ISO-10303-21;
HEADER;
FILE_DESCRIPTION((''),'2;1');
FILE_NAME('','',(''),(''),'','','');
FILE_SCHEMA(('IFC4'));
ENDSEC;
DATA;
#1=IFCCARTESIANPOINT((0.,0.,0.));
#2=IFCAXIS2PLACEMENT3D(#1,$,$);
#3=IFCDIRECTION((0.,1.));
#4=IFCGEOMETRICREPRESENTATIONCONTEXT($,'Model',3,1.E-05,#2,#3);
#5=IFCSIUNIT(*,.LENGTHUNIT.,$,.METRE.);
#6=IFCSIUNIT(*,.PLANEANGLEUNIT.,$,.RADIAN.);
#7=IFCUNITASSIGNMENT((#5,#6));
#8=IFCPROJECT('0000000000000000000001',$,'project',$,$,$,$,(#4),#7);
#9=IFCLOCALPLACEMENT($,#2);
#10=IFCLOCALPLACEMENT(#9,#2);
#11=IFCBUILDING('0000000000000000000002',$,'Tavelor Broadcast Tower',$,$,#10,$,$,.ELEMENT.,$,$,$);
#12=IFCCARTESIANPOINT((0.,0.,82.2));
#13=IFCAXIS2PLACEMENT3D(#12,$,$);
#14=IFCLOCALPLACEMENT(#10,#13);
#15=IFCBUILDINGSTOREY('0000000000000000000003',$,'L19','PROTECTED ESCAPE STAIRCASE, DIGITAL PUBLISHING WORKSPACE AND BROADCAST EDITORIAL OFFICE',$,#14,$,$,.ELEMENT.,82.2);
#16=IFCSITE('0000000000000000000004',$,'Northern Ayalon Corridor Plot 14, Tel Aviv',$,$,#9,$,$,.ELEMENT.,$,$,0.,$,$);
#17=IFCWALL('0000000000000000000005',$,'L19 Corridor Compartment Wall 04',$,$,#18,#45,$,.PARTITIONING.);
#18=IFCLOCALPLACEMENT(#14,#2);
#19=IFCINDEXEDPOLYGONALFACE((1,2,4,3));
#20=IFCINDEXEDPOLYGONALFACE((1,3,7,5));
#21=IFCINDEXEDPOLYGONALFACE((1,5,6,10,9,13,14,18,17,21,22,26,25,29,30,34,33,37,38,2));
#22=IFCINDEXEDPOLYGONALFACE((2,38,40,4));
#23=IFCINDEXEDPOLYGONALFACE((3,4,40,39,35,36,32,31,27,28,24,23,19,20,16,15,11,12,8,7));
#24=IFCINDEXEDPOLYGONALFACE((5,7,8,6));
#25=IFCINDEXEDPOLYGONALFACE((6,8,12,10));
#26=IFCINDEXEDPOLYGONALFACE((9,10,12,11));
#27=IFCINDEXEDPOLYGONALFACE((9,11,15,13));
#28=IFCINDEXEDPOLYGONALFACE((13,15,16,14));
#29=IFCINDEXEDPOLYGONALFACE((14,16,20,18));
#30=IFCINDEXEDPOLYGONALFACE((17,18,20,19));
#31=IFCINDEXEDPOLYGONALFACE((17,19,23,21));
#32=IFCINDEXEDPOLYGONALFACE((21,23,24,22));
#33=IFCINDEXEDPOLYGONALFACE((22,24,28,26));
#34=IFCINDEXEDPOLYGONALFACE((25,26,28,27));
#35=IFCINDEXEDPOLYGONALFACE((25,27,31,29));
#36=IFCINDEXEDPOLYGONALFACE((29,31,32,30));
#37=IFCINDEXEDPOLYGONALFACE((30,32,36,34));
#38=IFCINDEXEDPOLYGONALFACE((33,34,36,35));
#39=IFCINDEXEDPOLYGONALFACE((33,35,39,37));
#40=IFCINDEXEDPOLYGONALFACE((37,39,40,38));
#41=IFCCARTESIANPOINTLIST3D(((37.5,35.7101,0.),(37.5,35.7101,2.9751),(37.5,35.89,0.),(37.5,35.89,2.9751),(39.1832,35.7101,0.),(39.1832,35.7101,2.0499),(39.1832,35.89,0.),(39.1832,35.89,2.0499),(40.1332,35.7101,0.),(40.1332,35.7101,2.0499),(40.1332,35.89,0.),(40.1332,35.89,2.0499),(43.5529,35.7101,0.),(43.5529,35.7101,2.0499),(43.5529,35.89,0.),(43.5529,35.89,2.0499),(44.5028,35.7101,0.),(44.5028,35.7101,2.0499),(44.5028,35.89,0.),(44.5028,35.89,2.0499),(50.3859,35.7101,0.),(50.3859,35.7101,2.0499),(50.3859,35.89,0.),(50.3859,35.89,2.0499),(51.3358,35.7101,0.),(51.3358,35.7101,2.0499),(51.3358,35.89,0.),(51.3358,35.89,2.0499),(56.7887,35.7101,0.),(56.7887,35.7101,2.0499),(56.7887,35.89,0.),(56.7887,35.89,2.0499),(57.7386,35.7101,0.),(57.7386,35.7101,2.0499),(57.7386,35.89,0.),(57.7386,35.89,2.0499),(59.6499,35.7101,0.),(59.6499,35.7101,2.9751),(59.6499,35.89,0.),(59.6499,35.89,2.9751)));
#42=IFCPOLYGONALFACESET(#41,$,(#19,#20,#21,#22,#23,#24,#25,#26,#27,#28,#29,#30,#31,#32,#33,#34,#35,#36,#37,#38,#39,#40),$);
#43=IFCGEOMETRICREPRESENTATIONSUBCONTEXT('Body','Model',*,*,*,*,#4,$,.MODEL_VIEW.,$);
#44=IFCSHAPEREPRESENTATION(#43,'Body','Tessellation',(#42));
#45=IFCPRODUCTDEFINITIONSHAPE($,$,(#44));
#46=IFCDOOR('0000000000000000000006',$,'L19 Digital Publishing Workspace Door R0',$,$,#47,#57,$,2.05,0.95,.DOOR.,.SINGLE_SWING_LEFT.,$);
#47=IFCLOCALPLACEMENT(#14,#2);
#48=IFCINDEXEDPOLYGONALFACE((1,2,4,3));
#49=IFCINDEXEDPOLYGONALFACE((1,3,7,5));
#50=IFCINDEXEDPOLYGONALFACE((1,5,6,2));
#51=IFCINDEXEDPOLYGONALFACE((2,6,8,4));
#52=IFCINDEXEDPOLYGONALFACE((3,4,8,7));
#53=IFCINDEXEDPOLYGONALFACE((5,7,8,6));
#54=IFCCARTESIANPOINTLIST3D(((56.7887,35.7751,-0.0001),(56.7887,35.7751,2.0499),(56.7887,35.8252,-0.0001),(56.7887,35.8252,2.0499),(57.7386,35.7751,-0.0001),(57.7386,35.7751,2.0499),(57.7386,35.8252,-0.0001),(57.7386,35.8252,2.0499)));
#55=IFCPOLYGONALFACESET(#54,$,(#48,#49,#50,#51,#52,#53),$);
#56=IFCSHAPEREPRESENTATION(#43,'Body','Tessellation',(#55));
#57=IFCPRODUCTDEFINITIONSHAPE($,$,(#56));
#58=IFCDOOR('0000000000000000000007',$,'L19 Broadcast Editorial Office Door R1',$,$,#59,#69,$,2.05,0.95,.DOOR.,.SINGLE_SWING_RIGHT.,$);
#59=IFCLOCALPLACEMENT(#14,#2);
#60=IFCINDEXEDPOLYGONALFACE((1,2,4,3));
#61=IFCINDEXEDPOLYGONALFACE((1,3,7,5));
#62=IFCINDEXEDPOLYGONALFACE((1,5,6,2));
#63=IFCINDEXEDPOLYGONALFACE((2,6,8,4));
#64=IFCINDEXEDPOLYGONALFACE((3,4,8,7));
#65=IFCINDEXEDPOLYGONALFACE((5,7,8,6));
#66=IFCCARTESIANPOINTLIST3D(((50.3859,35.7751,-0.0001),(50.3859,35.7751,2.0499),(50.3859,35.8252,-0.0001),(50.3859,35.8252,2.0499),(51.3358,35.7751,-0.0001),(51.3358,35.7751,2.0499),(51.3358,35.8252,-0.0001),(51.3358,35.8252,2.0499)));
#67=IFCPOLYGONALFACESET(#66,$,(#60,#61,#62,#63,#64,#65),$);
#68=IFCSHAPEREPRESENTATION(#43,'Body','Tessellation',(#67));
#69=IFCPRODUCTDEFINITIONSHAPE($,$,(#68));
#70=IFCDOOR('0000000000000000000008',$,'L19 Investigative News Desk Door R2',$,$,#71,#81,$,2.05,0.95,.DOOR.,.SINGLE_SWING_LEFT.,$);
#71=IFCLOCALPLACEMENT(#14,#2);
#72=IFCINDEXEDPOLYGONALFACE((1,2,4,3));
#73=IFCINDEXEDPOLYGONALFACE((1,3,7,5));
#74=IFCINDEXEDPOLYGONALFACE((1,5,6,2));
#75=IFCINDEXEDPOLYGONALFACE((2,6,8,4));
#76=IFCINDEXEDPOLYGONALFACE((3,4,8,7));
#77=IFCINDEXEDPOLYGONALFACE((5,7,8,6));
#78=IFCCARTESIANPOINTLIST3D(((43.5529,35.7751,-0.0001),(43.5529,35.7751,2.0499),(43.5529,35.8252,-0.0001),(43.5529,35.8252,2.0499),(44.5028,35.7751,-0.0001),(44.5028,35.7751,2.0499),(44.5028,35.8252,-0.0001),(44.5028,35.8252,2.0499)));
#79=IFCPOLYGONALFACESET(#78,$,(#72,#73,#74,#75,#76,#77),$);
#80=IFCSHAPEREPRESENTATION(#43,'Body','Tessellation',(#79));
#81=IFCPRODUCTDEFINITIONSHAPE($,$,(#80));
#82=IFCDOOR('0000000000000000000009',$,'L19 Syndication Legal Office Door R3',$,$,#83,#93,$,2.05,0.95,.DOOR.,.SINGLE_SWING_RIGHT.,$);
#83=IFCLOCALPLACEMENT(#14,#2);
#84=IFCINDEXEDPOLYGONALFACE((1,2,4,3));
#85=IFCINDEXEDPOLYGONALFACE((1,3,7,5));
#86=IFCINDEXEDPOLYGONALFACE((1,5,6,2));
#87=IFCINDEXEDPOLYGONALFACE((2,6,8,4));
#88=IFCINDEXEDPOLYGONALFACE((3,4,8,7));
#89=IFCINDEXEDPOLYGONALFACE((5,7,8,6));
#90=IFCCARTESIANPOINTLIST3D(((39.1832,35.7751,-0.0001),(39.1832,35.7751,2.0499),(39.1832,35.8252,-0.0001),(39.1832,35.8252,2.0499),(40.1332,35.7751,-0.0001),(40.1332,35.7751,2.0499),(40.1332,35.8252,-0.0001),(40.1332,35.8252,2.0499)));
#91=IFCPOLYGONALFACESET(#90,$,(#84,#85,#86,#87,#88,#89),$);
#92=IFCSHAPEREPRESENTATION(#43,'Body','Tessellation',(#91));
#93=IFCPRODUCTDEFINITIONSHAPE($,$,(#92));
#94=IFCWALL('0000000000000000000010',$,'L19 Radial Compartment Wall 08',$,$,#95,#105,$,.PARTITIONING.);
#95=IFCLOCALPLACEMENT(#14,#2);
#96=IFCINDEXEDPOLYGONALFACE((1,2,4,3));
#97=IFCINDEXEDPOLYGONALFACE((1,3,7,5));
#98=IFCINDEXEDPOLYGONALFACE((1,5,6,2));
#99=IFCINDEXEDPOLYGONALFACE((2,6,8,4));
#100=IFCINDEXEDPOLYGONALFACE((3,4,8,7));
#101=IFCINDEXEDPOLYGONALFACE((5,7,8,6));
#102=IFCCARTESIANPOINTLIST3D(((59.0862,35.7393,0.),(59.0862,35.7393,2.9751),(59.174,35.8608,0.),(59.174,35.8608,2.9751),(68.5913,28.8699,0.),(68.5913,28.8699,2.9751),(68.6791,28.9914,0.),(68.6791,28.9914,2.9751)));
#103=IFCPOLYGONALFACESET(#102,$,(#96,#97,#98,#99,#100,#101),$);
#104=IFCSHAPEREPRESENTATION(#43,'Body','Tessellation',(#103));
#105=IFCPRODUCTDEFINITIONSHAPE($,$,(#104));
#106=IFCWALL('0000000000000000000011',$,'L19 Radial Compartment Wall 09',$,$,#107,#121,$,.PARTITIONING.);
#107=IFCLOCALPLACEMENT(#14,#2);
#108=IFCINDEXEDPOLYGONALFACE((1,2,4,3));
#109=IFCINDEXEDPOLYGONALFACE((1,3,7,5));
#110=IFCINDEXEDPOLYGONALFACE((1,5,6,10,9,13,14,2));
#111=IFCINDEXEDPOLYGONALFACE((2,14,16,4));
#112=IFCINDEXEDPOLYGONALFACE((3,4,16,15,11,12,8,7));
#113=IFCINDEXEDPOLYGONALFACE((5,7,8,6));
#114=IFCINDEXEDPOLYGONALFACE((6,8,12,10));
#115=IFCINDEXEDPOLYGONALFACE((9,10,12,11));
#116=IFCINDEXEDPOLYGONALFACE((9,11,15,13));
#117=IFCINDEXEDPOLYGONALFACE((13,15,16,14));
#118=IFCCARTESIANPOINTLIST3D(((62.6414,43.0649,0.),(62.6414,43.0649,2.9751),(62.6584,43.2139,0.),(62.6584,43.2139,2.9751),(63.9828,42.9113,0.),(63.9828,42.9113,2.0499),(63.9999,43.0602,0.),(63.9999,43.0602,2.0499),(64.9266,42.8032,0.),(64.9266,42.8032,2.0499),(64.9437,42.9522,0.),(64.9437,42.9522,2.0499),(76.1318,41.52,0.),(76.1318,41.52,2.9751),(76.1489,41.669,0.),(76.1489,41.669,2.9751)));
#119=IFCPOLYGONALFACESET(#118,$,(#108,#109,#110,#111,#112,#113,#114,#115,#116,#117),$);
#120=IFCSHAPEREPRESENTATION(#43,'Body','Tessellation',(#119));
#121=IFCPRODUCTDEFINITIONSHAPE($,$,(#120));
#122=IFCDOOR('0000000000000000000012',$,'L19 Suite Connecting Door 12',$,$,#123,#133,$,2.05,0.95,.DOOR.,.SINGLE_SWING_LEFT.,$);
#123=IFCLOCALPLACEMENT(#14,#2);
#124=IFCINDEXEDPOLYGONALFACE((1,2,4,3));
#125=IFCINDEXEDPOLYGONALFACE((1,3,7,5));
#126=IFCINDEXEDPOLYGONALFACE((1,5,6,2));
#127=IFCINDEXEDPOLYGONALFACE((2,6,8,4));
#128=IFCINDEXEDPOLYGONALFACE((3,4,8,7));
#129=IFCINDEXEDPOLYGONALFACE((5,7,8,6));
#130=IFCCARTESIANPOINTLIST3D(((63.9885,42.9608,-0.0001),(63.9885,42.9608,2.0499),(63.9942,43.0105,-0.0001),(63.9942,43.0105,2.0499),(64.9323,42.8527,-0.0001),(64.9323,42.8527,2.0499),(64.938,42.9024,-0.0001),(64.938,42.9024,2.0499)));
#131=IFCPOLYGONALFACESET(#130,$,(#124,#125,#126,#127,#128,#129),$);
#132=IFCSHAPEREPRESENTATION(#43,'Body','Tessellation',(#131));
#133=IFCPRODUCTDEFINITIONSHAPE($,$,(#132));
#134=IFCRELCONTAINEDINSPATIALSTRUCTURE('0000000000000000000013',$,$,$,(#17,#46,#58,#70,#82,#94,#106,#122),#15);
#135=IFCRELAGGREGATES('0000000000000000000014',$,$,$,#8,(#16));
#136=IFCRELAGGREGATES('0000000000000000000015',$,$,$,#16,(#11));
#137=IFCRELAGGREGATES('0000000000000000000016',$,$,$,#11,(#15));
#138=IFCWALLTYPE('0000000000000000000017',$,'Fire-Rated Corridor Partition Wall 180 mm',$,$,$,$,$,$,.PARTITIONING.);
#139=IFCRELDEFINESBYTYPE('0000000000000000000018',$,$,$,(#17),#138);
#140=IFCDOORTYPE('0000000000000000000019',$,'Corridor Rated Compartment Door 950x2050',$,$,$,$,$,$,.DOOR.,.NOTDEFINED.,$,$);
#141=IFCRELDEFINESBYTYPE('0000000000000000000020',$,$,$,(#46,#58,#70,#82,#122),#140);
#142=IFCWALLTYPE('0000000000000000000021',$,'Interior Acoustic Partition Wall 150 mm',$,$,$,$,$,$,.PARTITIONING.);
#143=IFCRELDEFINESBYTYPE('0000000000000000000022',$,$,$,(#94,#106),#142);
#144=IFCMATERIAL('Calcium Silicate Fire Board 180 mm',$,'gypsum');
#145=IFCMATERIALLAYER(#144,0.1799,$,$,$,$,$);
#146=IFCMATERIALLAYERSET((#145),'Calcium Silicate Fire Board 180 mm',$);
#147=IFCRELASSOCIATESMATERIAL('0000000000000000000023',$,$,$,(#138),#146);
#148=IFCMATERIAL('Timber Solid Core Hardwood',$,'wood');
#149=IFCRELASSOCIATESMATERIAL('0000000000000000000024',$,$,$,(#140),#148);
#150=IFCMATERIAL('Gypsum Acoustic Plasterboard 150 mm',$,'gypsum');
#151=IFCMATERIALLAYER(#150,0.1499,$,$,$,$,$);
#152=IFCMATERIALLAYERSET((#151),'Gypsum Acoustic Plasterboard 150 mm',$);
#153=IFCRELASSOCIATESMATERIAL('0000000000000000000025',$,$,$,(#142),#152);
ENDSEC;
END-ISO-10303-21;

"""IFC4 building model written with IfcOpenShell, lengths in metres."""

from ifc_helpers import new_model, si_unit, direction, frame, frame_2d, origin, place, context, subcontext, project, spatial, rectangle, extrude, material, layer, layer_set, type_object, element, fill, save


model = new_model("IFC4")

# Units and contexts
model_context = context("Model", 3, precision=1e-05, world=origin(), true_north=direction((0.0, 1.0)))
body_context = subcontext(model_context, "Body", "Model", "MODEL_VIEW")
ifc_project = project(units=[si_unit("LENGTHUNIT", "METRE"), si_unit("PLANEANGLEUNIT", "RADIAN")], contexts=[model_context])

# Site, building, storey
site_placement = place(None, origin())
site = spatial("IfcSite", under=ifc_project, at=site_placement, Name="Northern Ayalon Corridor Plot 14, Tel Aviv", CompositionType="ELEMENT", RefElevation=0.0)
building_placement = place(site_placement, origin())
building = spatial("IfcBuilding", under=site, at=building_placement, Name="Tavelor Broadcast Tower", CompositionType="ELEMENT")
storey_placement = place(building_placement, frame((0.0, 0.0, 82.2)))
storey = spatial("IfcBuildingStorey", under=building, at=storey_placement, Name="L19", Description="PROTECTED ESCAPE STAIRCASE, DIGITAL PUBLISHING WORKSPACE AND BROADCAST EDITORIAL OFFICE", CompositionType="ELEMENT", Elevation=82.2)

# Shared definitions
ifc_material_1 = material(Name="Calcium Silicate Fire Board 180 mm", Category="gypsum")
ifc_layer_1 = layer(ifc_material_1, 0.1799)
ifc_layer_set_1 = layer_set([ifc_layer_1], Name="Calcium Silicate Fire Board 180 mm")
wall_type_1 = type_object("IfcWallType", Name="Fire-Rated Corridor Partition Wall 180 mm", PredefinedType="PARTITIONING", material=ifc_layer_set_1)
ifc_material_2 = material(Name="Timber Solid Core Hardwood", Category="wood")
door_type_1 = type_object("IfcDoorType", Name="Corridor Rated Compartment Door 950x2050", OperationType="NOTDEFINED", PredefinedType="DOOR", material=ifc_material_2)

# Wall, openings, doors
wall_1_placement = place(storey_placement, frame((59.6499, 35.8, 0.0), z_axis=(0.0, 0.0, 1.0), x_axis=(-1.0, 0.0, 0.0)))
wall_1 = element("IfcWall", 1, at=wall_1_placement, inside=storey, type_object=wall_type_1, Name="L19 Corridor Compartment Wall 04", PredefinedType="PARTITIONING", context=body_context, shape_type="SweptSolid", body=[
    extrude(rectangle(XDim=22.1499, YDim=0.1799, at=frame_2d((11.075, 0.0))), origin(), (0.0, 0.0, 1.0), 2.9751),
])
opening_1_placement = place(wall_1_placement, frame((1.9111, 0.0, 0.0)))
opening_1 = element("IfcOpeningElement", 2, at=opening_1_placement, cuts=wall_1, PredefinedType="OPENING", context=body_context, shape_type="SweptSolid", body=[
    extrude(rectangle(XDim=0.95, YDim=2.05, at=frame_2d((0.4751, 1.0249))), frame((0.0, 0.1001, 0.0), z_axis=(0.0, -1.0, 0.0), x_axis=(1.0, 0.0, 0.0)), (0.0, 0.0, 1.0), 0.2),
])
opening_2_placement = place(wall_1_placement, frame((8.314, 0.0, 0.0)))
opening_2 = element("IfcOpeningElement", 3, at=opening_2_placement, cuts=wall_1, PredefinedType="OPENING", context=body_context, shape_type="SweptSolid", body=[
    extrude(rectangle(XDim=0.95, YDim=2.05, at=frame_2d((0.4751, 1.0249))), frame((0.0, 0.1001, 0.0), z_axis=(0.0, -1.0, 0.0), x_axis=(1.0, 0.0, 0.0)), (0.0, 0.0, 1.0), 0.2),
])
opening_3_placement = place(wall_1_placement, frame((15.147, 0.0, 0.0)))
opening_3 = element("IfcOpeningElement", 4, at=opening_3_placement, cuts=wall_1, PredefinedType="OPENING", context=body_context, shape_type="SweptSolid", body=[
    extrude(rectangle(XDim=0.95, YDim=2.05, at=frame_2d((0.4751, 1.0249))), frame((0.0, 0.1001, 0.0), z_axis=(0.0, -1.0, 0.0), x_axis=(1.0, 0.0, 0.0)), (0.0, 0.0, 1.0), 0.2),
])
opening_4_placement = place(wall_1_placement, frame((19.5166, 0.0, 0.0)))
opening_4 = element("IfcOpeningElement", 5, at=opening_4_placement, cuts=wall_1, PredefinedType="OPENING", context=body_context, shape_type="SweptSolid", body=[
    extrude(rectangle(XDim=0.95, YDim=2.05, at=frame_2d((0.4751, 1.0249))), frame((0.0, 0.1001, 0.0), z_axis=(0.0, -1.0, 0.0), x_axis=(1.0, 0.0, 0.0)), (0.0, 0.0, 1.0), 0.2),
])
door_1_placement = place(opening_1_placement, origin())
door_1 = element("IfcDoor", 6, at=door_1_placement, inside=storey, type_object=door_type_1, Name="L19 Digital Publishing Workspace Door R0", OperationType="SINGLE_SWING_LEFT", OverallHeight=2.05, OverallWidth=0.95, PredefinedType="DOOR", context=body_context, shape_type="SweptSolid", body=[
    extrude(rectangle(XDim=0.95, YDim=2.05, at=frame_2d((0.4751, 1.0249))), frame((0.0, 0.0249, 0.0), z_axis=(0.0, -1.0, 0.0), x_axis=(1.0, 0.0, 0.0)), (0.0, 0.0, 1.0), 0.05),
])
fill(opening_1, door_1)
door_2_placement = place(opening_2_placement, origin())
door_2 = element("IfcDoor", 7, at=door_2_placement, inside=storey, type_object=door_type_1, Name="L19 Broadcast Editorial Office Door R1", OperationType="SINGLE_SWING_RIGHT", OverallHeight=2.05, OverallWidth=0.95, PredefinedType="DOOR", context=body_context, shape_type="SweptSolid", body=[
    extrude(rectangle(XDim=0.95, YDim=2.05, at=frame_2d((0.4751, 1.0249))), frame((0.0, 0.0249, 0.0), z_axis=(0.0, -1.0, 0.0), x_axis=(1.0, 0.0, 0.0)), (0.0, 0.0, 1.0), 0.05),
])
fill(opening_2, door_2)
door_3_placement = place(opening_3_placement, origin())
door_3 = element("IfcDoor", 8, at=door_3_placement, inside=storey, type_object=door_type_1, Name="L19 Investigative News Desk Door R2", OperationType="SINGLE_SWING_LEFT", OverallHeight=2.05, OverallWidth=0.95, PredefinedType="DOOR", context=body_context, shape_type="SweptSolid", body=[
    extrude(rectangle(XDim=0.95, YDim=2.05, at=frame_2d((0.4751, 1.0249))), frame((0.0, 0.0249, 0.0), z_axis=(0.0, -1.0, 0.0), x_axis=(1.0, 0.0, 0.0)), (0.0, 0.0, 1.0), 0.05),
])
fill(opening_3, door_3)
door_4_placement = place(opening_4_placement, origin())
door_4 = element("IfcDoor", 9, at=door_4_placement, inside=storey, type_object=door_type_1, Name="L19 Syndication Legal Office Door R3", OperationType="SINGLE_SWING_RIGHT", OverallHeight=2.05, OverallWidth=0.95, PredefinedType="DOOR", context=body_context, shape_type="SweptSolid", body=[
    extrude(rectangle(XDim=0.95, YDim=2.05, at=frame_2d((0.4751, 1.0249))), frame((0.0, 0.0249, 0.0), z_axis=(0.0, -1.0, 0.0), x_axis=(1.0, 0.0, 0.0)), (0.0, 0.0, 1.0), 0.05),
])
fill(opening_4, door_4)

# Wall
ifc_material_3 = material(Name="Gypsum Acoustic Plasterboard 150 mm", Category="gypsum")
ifc_layer_2 = layer(ifc_material_3, 0.1499)
ifc_layer_set_2 = layer_set([ifc_layer_2], Name="Gypsum Acoustic Plasterboard 150 mm")
wall_type_2 = type_object("IfcWallType", Name="Interior Acoustic Partition Wall 150 mm", PredefinedType="PARTITIONING", material=ifc_layer_set_2)
wall_2_placement = place(storey_placement, frame((59.1301, 35.8, 0.0), z_axis=(0.0, 0.0, 1.0), x_axis=(0.810494, -0.585747, 0.0)))
element("IfcWall", 10, at=wall_2_placement, inside=storey, type_object=wall_type_2, Name="L19 Radial Compartment Wall 08", PredefinedType="PARTITIONING", context=body_context, shape_type="SweptSolid", body=[
    extrude(rectangle(XDim=11.7275, YDim=0.1499, at=frame_2d((5.8638, 0.0))), origin(), (0.0, 0.0, 1.0), 2.9751),
])

# Wall, opening, door
wall_3_placement = place(storey_placement, frame((62.6499, 43.1394, 0.0), z_axis=(0.0, 0.0, 1.0), x_axis=(0.993506, -0.113776, 0.0)))
wall_3 = element("IfcWall", 11, at=wall_3_placement, inside=storey, type_object=wall_type_2, Name="L19 Radial Compartment Wall 09", PredefinedType="PARTITIONING", context=body_context, shape_type="SweptSolid", body=[
    extrude(rectangle(XDim=13.5786, YDim=0.1499, at=frame_2d((6.7893, 0.0))), origin(), (0.0, 0.0, 1.0), 2.9751),
])
opening_5_placement = place(wall_3_placement, frame((1.3501, 0.0, 0.0)))
opening_5 = element("IfcOpeningElement", 12, at=opening_5_placement, cuts=wall_3, PredefinedType="OPENING", context=body_context, shape_type="SweptSolid", body=[
    extrude(rectangle(XDim=0.95, YDim=2.05, at=frame_2d((0.4751, 1.0249))), frame((0.0, 0.085, 0.0), z_axis=(0.0, -1.0, 0.0), x_axis=(1.0, 0.0, 0.0)), (0.0, 0.0, 1.0), 0.1699),
])
door_5_placement = place(opening_5_placement, origin())
door_5 = element("IfcDoor", 13, at=door_5_placement, inside=storey, type_object=door_type_1, Name="L19 Suite Connecting Door 12", OperationType="SINGLE_SWING_LEFT", OverallHeight=2.05, OverallWidth=0.95, PredefinedType="DOOR", context=body_context, shape_type="SweptSolid", body=[
    extrude(rectangle(XDim=0.95, YDim=2.05, at=frame_2d((0.4751, 1.0249))), frame((0.0, 0.0249, 0.0), z_axis=(0.0, -1.0, 0.0), x_axis=(1.0, 0.0, 0.0)), (0.0, 0.0, 1.0), 0.05),
])
fill(opening_5, door_5)

save(model, "model.ifc")
